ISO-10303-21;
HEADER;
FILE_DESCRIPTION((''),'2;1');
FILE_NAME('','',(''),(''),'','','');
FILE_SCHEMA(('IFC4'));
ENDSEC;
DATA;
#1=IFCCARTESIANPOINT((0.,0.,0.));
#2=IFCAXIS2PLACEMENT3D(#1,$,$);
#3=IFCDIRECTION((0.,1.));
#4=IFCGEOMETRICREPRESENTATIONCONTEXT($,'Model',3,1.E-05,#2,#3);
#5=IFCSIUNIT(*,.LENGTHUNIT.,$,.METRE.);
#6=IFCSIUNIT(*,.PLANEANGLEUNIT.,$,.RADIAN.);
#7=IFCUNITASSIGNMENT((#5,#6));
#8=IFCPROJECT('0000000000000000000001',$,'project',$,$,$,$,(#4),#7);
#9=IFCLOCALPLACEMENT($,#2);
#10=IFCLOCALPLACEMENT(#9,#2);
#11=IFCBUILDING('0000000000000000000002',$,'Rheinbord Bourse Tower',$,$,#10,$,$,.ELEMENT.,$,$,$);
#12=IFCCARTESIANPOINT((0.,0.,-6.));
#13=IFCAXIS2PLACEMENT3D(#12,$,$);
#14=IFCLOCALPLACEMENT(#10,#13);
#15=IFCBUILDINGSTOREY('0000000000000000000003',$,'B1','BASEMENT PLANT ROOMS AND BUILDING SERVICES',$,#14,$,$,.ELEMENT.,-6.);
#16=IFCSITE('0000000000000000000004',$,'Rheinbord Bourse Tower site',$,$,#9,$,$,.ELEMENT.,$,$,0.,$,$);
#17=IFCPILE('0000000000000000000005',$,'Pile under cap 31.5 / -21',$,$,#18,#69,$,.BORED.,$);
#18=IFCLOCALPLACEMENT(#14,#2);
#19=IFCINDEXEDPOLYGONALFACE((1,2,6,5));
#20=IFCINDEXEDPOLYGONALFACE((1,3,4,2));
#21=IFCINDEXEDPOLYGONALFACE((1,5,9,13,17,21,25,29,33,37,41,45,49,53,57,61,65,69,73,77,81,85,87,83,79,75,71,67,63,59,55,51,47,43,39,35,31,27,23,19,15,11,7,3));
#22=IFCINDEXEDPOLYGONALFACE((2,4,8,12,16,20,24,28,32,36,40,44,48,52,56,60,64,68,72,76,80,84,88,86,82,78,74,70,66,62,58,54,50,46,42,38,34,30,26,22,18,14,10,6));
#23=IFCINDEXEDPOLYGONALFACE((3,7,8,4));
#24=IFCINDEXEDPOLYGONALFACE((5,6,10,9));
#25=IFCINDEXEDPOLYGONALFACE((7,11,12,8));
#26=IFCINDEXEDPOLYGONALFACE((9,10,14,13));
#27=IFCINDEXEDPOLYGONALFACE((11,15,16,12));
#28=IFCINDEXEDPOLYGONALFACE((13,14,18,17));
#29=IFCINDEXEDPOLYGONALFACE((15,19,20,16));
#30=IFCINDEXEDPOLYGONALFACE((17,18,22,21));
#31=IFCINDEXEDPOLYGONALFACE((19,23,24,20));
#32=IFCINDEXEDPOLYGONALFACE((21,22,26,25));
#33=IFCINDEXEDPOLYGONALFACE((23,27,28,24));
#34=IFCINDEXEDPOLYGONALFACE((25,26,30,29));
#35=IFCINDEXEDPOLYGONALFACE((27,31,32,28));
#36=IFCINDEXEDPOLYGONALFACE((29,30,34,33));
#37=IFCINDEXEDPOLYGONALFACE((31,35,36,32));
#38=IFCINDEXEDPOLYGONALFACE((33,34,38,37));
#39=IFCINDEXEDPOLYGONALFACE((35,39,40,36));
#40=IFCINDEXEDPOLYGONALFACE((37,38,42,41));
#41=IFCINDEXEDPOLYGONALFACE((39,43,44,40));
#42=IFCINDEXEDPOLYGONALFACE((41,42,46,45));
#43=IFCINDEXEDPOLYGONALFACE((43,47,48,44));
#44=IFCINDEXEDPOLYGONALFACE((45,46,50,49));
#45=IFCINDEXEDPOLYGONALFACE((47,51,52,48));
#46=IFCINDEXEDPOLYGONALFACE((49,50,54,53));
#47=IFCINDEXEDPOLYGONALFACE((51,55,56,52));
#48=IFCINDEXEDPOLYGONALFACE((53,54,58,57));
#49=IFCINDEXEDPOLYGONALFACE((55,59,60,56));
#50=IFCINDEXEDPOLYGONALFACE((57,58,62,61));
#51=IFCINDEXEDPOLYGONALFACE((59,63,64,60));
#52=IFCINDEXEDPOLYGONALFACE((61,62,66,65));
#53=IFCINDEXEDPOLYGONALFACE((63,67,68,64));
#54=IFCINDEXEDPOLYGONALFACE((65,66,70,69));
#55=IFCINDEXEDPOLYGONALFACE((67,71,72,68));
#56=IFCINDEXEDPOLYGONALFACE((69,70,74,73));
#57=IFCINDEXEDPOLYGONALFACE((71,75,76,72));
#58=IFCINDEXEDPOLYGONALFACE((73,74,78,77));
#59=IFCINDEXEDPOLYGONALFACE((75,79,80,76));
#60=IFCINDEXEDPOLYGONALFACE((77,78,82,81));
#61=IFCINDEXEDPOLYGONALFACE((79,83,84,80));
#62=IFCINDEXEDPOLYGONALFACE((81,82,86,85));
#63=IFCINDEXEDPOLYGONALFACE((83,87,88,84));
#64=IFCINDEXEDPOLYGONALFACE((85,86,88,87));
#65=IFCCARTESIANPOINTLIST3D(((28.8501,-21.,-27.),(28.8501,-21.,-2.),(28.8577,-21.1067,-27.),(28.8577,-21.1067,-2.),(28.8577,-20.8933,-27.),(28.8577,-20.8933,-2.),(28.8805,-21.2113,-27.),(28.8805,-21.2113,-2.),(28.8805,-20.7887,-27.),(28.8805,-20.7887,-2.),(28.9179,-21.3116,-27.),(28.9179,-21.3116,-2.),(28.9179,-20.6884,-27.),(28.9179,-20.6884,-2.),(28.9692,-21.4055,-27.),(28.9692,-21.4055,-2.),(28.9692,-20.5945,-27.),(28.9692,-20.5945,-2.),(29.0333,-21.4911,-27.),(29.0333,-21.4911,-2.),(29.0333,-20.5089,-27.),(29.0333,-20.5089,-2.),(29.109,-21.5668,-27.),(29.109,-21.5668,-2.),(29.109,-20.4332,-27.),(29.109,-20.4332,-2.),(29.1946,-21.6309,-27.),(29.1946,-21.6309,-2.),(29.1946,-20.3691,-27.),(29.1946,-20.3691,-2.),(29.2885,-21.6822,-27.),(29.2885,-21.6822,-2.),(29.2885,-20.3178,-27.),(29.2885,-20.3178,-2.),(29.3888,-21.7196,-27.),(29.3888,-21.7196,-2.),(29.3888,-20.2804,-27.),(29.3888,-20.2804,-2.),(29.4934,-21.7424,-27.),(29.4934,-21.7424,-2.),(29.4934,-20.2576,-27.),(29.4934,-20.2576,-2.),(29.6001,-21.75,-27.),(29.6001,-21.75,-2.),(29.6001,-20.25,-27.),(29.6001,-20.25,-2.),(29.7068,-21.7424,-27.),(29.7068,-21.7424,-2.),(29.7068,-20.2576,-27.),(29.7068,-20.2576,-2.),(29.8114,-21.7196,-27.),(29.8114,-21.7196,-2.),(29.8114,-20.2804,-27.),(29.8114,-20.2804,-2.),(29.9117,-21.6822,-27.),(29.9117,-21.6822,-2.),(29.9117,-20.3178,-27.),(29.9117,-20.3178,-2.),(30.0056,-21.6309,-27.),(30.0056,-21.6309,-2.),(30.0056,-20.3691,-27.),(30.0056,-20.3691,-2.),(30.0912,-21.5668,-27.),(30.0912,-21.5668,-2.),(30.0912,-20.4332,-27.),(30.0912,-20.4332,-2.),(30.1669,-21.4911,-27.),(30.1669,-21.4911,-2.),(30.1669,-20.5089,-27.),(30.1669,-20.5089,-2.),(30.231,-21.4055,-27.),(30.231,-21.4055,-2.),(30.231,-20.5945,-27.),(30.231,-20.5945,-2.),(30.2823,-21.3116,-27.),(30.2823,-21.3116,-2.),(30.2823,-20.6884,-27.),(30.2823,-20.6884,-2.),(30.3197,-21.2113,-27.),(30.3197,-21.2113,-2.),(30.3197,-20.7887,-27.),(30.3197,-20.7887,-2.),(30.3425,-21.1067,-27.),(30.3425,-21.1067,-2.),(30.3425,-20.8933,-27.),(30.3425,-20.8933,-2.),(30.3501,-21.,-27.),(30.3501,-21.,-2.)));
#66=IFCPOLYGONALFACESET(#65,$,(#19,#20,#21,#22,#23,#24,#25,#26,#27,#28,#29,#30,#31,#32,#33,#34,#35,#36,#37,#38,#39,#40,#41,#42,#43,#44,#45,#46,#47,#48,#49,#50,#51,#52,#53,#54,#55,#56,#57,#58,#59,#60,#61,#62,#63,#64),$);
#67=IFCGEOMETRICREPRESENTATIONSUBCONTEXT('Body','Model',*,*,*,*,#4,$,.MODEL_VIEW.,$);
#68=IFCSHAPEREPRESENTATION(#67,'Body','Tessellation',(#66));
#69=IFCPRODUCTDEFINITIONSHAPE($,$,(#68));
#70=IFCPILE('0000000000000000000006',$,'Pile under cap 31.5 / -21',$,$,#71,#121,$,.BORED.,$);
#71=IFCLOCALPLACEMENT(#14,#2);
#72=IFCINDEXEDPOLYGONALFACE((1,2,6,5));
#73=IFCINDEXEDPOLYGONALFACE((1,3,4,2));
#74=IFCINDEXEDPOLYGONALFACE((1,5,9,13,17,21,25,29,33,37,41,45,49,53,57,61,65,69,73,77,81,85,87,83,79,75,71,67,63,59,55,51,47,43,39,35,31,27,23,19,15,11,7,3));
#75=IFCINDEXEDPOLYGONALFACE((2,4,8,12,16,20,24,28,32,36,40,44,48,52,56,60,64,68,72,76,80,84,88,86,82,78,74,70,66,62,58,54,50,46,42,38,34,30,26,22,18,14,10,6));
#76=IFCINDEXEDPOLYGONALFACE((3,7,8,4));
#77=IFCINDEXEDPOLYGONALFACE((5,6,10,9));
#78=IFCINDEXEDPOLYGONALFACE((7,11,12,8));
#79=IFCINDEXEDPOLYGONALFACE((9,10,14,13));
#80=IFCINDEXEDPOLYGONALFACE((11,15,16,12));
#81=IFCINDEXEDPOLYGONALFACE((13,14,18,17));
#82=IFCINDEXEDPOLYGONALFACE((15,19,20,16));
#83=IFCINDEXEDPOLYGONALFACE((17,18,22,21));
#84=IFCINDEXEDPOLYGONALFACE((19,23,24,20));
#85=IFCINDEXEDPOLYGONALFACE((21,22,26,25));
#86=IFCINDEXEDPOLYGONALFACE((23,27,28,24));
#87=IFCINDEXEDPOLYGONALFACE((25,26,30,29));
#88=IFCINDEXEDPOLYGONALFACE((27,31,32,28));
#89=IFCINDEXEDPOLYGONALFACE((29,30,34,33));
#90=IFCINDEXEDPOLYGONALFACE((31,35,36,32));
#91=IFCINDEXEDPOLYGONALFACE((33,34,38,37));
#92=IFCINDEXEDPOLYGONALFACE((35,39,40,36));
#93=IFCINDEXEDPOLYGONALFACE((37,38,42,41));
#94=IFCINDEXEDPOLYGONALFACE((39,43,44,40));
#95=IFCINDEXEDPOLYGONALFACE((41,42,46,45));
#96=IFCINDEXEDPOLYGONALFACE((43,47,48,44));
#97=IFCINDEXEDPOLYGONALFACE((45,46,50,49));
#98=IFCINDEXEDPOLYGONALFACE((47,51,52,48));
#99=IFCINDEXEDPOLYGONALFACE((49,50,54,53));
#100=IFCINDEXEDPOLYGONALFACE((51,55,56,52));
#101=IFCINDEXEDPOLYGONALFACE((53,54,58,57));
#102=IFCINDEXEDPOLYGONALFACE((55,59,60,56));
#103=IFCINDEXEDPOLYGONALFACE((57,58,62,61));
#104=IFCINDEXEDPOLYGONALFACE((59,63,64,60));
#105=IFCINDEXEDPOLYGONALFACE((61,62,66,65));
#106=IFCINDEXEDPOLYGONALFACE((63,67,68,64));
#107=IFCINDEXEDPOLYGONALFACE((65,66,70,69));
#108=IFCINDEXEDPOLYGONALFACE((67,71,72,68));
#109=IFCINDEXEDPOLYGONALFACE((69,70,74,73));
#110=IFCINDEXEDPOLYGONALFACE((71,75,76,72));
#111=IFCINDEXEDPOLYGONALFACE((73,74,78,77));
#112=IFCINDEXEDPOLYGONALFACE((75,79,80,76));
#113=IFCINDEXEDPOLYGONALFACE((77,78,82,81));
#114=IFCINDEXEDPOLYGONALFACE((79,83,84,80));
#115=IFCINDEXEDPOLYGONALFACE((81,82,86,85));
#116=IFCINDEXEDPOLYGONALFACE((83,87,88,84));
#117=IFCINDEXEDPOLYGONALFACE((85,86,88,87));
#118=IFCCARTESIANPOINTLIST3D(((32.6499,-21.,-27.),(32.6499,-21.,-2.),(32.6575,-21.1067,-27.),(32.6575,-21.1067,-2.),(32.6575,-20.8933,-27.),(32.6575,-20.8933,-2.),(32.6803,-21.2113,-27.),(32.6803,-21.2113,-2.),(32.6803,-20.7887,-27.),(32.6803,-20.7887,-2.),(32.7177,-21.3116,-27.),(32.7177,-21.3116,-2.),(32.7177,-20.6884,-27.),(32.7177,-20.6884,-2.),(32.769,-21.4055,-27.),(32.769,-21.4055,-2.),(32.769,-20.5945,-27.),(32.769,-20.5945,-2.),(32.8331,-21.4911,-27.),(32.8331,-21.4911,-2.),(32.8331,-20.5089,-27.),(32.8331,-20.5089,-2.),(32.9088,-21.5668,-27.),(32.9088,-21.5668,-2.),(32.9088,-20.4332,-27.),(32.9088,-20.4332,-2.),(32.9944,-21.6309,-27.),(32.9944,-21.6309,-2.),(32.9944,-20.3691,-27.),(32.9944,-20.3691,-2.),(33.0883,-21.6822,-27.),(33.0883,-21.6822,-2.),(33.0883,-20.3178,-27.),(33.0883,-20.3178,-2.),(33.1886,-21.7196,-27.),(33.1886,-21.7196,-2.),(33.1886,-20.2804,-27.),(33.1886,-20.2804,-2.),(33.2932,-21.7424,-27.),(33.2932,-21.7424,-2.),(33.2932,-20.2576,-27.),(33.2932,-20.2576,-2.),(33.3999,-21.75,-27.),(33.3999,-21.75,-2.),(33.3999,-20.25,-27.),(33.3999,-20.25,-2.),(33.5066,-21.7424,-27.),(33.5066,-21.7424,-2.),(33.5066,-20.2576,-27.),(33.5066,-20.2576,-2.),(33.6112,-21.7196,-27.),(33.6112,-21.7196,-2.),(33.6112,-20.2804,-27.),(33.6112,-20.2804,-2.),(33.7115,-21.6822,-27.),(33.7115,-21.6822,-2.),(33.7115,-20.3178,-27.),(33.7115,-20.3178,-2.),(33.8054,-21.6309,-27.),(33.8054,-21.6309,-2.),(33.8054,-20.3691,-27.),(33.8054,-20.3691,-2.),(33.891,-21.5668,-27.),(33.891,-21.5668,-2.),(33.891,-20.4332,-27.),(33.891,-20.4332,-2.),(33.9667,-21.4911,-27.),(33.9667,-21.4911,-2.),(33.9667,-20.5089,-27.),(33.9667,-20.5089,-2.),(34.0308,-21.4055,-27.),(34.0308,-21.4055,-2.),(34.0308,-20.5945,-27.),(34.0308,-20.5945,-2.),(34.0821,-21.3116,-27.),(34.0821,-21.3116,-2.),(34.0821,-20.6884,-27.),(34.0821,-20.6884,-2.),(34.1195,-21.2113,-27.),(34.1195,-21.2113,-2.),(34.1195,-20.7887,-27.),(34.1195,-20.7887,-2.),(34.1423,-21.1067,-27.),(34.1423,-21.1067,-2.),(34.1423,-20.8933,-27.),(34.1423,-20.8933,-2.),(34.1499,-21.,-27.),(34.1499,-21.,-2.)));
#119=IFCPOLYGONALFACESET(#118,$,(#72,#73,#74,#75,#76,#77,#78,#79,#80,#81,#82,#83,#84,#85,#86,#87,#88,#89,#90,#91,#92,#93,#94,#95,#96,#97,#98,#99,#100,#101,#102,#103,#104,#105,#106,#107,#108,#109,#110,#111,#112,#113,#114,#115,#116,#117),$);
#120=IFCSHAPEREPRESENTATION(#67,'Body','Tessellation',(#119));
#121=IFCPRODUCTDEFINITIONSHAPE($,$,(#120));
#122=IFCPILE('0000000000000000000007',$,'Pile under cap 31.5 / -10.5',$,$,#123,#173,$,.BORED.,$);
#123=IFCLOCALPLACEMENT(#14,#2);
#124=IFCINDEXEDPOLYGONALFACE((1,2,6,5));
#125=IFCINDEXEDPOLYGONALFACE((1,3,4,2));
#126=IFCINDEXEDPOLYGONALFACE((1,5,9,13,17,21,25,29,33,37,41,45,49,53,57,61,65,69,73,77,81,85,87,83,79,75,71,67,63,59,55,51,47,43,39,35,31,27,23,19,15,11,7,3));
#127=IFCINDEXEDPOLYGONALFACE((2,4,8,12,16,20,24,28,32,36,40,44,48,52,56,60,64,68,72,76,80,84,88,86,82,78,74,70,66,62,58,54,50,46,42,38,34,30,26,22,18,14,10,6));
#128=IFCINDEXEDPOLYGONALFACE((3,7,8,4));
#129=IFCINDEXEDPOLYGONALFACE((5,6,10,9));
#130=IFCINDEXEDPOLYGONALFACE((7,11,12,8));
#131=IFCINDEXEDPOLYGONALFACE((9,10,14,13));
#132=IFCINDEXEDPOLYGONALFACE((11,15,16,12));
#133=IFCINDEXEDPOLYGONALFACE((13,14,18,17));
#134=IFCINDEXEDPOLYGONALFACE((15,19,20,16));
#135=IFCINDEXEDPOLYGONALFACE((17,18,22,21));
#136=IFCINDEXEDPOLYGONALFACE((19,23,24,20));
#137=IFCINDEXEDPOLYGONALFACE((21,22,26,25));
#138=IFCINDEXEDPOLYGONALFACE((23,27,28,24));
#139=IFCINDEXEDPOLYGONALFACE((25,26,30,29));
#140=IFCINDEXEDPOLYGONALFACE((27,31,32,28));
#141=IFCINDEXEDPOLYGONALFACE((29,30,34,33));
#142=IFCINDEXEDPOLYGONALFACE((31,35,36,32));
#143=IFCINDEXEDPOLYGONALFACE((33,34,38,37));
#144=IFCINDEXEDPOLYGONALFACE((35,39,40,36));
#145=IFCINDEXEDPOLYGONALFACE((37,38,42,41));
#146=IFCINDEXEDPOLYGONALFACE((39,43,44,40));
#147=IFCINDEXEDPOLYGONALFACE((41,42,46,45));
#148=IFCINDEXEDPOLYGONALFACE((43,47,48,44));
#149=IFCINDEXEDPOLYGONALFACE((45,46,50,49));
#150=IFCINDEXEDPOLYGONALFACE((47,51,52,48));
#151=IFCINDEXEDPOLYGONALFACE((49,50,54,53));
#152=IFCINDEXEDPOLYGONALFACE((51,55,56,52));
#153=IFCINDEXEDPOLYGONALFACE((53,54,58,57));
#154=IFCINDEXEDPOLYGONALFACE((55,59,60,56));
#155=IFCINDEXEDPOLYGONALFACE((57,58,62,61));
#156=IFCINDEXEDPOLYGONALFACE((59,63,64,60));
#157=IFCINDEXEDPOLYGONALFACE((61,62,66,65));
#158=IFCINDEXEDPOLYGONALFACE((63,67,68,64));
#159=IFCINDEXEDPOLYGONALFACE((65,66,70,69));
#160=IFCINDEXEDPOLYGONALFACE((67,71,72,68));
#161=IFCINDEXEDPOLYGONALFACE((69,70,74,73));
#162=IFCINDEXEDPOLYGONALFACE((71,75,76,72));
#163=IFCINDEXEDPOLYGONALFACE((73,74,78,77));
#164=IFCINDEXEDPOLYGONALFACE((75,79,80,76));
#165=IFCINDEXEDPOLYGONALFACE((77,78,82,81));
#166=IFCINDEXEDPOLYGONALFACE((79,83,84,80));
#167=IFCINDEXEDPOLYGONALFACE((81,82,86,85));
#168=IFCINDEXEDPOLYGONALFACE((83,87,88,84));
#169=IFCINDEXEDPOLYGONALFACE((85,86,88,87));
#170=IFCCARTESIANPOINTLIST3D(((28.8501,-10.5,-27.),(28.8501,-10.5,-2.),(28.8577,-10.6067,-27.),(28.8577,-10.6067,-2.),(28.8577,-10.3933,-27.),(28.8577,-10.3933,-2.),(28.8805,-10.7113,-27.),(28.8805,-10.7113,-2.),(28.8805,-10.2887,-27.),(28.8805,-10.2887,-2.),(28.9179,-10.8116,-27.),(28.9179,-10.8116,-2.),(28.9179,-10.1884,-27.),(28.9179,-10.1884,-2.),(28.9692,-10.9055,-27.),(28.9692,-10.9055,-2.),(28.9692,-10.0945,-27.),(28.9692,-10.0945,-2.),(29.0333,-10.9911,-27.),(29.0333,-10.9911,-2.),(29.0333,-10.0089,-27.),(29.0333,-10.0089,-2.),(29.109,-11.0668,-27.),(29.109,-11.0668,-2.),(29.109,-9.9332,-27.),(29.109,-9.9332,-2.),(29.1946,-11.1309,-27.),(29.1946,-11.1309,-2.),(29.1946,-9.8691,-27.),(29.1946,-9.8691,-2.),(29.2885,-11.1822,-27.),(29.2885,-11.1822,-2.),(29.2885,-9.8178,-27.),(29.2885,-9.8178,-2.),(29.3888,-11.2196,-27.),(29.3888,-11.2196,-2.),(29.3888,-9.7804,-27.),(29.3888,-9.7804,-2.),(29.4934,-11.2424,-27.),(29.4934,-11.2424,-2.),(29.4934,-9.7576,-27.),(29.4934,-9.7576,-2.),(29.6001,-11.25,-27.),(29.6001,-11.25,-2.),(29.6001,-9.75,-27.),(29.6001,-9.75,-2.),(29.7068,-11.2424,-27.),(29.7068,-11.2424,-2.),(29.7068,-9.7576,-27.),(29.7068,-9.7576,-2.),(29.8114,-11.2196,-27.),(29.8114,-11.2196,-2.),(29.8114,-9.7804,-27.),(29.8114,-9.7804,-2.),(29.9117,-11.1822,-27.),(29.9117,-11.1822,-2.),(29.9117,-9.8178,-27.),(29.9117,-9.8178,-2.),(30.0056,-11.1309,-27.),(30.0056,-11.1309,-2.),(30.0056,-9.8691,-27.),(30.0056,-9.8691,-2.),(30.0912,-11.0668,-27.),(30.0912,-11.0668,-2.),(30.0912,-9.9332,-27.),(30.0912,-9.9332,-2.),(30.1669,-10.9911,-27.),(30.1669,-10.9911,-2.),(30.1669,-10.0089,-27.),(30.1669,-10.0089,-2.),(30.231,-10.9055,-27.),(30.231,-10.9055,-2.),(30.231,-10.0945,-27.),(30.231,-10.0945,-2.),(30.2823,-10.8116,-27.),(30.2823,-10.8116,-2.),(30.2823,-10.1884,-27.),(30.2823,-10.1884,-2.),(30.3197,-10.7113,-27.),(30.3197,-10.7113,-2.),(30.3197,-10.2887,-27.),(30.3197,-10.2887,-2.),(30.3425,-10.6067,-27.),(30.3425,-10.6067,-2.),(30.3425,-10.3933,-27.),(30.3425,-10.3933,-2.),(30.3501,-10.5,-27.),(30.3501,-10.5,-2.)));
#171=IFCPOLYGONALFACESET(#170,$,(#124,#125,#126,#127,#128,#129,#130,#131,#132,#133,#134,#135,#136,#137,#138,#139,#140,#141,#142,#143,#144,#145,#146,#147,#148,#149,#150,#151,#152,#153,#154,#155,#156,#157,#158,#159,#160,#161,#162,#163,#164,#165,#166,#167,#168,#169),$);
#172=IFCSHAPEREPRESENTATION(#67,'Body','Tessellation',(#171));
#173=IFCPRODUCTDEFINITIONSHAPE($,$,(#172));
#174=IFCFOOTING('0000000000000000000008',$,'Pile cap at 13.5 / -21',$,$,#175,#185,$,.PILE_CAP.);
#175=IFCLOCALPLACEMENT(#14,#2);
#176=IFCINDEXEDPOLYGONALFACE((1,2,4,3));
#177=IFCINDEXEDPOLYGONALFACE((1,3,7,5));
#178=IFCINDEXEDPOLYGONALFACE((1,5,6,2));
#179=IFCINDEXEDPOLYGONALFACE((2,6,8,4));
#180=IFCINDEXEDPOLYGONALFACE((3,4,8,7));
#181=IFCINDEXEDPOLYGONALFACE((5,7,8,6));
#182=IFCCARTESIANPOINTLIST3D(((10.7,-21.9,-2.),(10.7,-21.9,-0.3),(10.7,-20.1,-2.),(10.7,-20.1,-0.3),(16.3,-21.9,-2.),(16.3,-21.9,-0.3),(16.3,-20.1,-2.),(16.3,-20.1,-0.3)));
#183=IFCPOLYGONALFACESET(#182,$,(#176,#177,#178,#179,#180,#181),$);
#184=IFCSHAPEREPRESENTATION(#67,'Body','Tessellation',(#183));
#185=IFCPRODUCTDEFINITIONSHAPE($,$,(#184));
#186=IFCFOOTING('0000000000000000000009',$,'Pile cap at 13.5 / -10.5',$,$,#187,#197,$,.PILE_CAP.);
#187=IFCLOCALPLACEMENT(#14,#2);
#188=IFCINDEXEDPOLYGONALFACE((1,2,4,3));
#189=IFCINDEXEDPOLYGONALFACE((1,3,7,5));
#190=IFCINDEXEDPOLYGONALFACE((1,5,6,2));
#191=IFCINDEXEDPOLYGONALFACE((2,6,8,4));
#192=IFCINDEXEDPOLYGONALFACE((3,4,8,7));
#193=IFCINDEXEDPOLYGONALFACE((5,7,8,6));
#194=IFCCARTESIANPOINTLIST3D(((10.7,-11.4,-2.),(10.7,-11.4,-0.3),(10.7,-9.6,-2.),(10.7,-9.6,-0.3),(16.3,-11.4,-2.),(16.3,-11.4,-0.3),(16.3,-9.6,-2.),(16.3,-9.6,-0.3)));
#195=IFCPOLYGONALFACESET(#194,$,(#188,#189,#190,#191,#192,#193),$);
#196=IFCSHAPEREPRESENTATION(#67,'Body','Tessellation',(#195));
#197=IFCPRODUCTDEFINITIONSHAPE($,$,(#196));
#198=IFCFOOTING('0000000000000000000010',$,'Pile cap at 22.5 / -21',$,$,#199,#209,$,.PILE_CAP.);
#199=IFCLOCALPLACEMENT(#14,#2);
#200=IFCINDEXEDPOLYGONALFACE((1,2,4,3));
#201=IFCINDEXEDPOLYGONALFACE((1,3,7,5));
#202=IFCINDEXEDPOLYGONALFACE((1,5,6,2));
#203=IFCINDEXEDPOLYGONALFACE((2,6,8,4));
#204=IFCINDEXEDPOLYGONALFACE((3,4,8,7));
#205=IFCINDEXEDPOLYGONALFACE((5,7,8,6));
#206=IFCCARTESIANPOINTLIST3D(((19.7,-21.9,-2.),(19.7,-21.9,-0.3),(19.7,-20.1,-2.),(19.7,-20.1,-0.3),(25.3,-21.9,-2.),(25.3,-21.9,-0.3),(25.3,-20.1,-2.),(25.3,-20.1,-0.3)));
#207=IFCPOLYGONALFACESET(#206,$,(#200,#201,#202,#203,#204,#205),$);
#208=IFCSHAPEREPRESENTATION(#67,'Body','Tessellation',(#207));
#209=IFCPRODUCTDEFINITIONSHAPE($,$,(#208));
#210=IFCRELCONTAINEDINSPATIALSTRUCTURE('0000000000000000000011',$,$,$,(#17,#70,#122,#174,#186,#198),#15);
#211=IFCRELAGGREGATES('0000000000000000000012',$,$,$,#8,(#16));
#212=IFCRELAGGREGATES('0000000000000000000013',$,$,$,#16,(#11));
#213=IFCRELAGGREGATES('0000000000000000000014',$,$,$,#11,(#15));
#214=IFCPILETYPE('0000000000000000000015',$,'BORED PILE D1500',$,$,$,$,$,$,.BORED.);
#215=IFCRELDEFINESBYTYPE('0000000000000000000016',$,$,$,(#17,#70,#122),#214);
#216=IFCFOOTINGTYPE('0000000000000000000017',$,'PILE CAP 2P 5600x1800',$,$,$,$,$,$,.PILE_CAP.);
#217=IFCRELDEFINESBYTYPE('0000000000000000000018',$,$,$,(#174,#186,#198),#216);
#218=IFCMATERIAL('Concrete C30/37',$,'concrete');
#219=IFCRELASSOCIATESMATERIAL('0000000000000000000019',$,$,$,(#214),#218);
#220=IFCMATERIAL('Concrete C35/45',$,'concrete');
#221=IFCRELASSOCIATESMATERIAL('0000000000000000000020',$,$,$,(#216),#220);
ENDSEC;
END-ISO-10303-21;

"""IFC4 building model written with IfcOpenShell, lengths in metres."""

from ifc_helpers import new_model, si_unit, direction, frame, origin, origin_2d, place, context, subcontext, project, spatial, rectangle, circle, extrude, material, material_profile, profile_set, type_object, element, save


model = new_model("IFC4")

# Units and contexts
model_context = context("Model", 3, precision=1e-05, world=origin(), true_north=direction((0.0, 1.0)))
body_context = subcontext(model_context, "Body", "Model", "MODEL_VIEW")
ifc_project = project(units=[si_unit("LENGTHUNIT", "METRE"), si_unit("PLANEANGLEUNIT", "RADIAN")], contexts=[model_context])

# Site, building, storey
site_placement = place(None, origin())
site = spatial("IfcSite", under=ifc_project, at=site_placement, Name="Rheinbord Bourse Tower site", CompositionType="ELEMENT", RefElevation=0.0)
building_placement = place(site_placement, origin())
building = spatial("IfcBuilding", under=site, at=building_placement, Name="Rheinbord Bourse Tower", CompositionType="ELEMENT")
storey_placement = place(building_placement, frame((0.0, 0.0, -6.0)))
storey = spatial("IfcBuildingStorey", under=building, at=storey_placement, Name="B1", Description="BASEMENT PLANT ROOMS AND BUILDING SERVICES", CompositionType="ELEMENT", Elevation=-6.0)

# Piles
ifc_material_1 = material(Name="Concrete C30/37", Category="concrete")
ifc_material_profile_1 = material_profile(ifc_material_1, circle(Radius=0.75, at=origin_2d()), Name="D1500")
ifc_profile_set_1 = profile_set([ifc_material_profile_1], Name="Concrete C30/37")
pile_type = type_object("IfcPileType", Name="BORED PILE D1500", PredefinedType="BORED", material=ifc_profile_set_1)
for number, where, z_axis, x_axis, name in (
    (1, (29.6001, -21.0, -2.0), (0.0, 0.0, -1.0), (1.0, 0.0, 0.0), "Pile under cap 31.5 / -21"),
    (2, (33.3999, -21.0, -2.0), (0.0, 0.0, -1.0), (1.0, 0.0, 0.0), "Pile under cap 31.5 / -21"),
    (3, (29.6001, -10.5, -2.0), (0.0, 0.0, -1.0), (1.0, 0.0, 0.0), "Pile under cap 31.5 / -10.5"),
):
    element("IfcPile", number, at=place(storey_placement, frame(where, z_axis=z_axis, x_axis=x_axis)), inside=storey, type_object=pile_type, Name=name, PredefinedType="BORED", context=body_context, shape_type="SweptSolid", body=[
        extrude(circle(Radius=0.75, at=origin_2d()), origin(), (0.0, 0.0, 1.0), 25.0),
    ])

# Footings
ifc_material_2 = material(Name="Concrete C35/45", Category="concrete")
footing_type = type_object("IfcFootingType", Name="PILE CAP 2P 5600x1800", PredefinedType="PILE_CAP", material=ifc_material_2)
for number, where, z_axis, x_axis, name in (
    (4, (13.5, -21.0, -2.0), (0.0, 0.0, 1.0), (1.0, 0.0, 0.0), "Pile cap at 13.5 / -21"),
    (5, (13.5, -10.5, -2.0), (0.0, 0.0, 1.0), (1.0, 0.0, 0.0), "Pile cap at 13.5 / -10.5"),
    (6, (22.5, -21.0, -2.0), (0.0, 0.0, 1.0), (1.0, 0.0, 0.0), "Pile cap at 22.5 / -21"),
):
    element("IfcFooting", number, at=place(storey_placement, frame(where, z_axis=z_axis, x_axis=x_axis)), inside=storey, type_object=footing_type, Name=name, PredefinedType="PILE_CAP", context=body_context, shape_type="SweptSolid", body=[
        extrude(rectangle(XDim=5.6001, YDim=1.8, at=origin_2d()), origin(), (0.0, 0.0, 1.0), 1.7),
    ])

save(model, "model.ifc")
